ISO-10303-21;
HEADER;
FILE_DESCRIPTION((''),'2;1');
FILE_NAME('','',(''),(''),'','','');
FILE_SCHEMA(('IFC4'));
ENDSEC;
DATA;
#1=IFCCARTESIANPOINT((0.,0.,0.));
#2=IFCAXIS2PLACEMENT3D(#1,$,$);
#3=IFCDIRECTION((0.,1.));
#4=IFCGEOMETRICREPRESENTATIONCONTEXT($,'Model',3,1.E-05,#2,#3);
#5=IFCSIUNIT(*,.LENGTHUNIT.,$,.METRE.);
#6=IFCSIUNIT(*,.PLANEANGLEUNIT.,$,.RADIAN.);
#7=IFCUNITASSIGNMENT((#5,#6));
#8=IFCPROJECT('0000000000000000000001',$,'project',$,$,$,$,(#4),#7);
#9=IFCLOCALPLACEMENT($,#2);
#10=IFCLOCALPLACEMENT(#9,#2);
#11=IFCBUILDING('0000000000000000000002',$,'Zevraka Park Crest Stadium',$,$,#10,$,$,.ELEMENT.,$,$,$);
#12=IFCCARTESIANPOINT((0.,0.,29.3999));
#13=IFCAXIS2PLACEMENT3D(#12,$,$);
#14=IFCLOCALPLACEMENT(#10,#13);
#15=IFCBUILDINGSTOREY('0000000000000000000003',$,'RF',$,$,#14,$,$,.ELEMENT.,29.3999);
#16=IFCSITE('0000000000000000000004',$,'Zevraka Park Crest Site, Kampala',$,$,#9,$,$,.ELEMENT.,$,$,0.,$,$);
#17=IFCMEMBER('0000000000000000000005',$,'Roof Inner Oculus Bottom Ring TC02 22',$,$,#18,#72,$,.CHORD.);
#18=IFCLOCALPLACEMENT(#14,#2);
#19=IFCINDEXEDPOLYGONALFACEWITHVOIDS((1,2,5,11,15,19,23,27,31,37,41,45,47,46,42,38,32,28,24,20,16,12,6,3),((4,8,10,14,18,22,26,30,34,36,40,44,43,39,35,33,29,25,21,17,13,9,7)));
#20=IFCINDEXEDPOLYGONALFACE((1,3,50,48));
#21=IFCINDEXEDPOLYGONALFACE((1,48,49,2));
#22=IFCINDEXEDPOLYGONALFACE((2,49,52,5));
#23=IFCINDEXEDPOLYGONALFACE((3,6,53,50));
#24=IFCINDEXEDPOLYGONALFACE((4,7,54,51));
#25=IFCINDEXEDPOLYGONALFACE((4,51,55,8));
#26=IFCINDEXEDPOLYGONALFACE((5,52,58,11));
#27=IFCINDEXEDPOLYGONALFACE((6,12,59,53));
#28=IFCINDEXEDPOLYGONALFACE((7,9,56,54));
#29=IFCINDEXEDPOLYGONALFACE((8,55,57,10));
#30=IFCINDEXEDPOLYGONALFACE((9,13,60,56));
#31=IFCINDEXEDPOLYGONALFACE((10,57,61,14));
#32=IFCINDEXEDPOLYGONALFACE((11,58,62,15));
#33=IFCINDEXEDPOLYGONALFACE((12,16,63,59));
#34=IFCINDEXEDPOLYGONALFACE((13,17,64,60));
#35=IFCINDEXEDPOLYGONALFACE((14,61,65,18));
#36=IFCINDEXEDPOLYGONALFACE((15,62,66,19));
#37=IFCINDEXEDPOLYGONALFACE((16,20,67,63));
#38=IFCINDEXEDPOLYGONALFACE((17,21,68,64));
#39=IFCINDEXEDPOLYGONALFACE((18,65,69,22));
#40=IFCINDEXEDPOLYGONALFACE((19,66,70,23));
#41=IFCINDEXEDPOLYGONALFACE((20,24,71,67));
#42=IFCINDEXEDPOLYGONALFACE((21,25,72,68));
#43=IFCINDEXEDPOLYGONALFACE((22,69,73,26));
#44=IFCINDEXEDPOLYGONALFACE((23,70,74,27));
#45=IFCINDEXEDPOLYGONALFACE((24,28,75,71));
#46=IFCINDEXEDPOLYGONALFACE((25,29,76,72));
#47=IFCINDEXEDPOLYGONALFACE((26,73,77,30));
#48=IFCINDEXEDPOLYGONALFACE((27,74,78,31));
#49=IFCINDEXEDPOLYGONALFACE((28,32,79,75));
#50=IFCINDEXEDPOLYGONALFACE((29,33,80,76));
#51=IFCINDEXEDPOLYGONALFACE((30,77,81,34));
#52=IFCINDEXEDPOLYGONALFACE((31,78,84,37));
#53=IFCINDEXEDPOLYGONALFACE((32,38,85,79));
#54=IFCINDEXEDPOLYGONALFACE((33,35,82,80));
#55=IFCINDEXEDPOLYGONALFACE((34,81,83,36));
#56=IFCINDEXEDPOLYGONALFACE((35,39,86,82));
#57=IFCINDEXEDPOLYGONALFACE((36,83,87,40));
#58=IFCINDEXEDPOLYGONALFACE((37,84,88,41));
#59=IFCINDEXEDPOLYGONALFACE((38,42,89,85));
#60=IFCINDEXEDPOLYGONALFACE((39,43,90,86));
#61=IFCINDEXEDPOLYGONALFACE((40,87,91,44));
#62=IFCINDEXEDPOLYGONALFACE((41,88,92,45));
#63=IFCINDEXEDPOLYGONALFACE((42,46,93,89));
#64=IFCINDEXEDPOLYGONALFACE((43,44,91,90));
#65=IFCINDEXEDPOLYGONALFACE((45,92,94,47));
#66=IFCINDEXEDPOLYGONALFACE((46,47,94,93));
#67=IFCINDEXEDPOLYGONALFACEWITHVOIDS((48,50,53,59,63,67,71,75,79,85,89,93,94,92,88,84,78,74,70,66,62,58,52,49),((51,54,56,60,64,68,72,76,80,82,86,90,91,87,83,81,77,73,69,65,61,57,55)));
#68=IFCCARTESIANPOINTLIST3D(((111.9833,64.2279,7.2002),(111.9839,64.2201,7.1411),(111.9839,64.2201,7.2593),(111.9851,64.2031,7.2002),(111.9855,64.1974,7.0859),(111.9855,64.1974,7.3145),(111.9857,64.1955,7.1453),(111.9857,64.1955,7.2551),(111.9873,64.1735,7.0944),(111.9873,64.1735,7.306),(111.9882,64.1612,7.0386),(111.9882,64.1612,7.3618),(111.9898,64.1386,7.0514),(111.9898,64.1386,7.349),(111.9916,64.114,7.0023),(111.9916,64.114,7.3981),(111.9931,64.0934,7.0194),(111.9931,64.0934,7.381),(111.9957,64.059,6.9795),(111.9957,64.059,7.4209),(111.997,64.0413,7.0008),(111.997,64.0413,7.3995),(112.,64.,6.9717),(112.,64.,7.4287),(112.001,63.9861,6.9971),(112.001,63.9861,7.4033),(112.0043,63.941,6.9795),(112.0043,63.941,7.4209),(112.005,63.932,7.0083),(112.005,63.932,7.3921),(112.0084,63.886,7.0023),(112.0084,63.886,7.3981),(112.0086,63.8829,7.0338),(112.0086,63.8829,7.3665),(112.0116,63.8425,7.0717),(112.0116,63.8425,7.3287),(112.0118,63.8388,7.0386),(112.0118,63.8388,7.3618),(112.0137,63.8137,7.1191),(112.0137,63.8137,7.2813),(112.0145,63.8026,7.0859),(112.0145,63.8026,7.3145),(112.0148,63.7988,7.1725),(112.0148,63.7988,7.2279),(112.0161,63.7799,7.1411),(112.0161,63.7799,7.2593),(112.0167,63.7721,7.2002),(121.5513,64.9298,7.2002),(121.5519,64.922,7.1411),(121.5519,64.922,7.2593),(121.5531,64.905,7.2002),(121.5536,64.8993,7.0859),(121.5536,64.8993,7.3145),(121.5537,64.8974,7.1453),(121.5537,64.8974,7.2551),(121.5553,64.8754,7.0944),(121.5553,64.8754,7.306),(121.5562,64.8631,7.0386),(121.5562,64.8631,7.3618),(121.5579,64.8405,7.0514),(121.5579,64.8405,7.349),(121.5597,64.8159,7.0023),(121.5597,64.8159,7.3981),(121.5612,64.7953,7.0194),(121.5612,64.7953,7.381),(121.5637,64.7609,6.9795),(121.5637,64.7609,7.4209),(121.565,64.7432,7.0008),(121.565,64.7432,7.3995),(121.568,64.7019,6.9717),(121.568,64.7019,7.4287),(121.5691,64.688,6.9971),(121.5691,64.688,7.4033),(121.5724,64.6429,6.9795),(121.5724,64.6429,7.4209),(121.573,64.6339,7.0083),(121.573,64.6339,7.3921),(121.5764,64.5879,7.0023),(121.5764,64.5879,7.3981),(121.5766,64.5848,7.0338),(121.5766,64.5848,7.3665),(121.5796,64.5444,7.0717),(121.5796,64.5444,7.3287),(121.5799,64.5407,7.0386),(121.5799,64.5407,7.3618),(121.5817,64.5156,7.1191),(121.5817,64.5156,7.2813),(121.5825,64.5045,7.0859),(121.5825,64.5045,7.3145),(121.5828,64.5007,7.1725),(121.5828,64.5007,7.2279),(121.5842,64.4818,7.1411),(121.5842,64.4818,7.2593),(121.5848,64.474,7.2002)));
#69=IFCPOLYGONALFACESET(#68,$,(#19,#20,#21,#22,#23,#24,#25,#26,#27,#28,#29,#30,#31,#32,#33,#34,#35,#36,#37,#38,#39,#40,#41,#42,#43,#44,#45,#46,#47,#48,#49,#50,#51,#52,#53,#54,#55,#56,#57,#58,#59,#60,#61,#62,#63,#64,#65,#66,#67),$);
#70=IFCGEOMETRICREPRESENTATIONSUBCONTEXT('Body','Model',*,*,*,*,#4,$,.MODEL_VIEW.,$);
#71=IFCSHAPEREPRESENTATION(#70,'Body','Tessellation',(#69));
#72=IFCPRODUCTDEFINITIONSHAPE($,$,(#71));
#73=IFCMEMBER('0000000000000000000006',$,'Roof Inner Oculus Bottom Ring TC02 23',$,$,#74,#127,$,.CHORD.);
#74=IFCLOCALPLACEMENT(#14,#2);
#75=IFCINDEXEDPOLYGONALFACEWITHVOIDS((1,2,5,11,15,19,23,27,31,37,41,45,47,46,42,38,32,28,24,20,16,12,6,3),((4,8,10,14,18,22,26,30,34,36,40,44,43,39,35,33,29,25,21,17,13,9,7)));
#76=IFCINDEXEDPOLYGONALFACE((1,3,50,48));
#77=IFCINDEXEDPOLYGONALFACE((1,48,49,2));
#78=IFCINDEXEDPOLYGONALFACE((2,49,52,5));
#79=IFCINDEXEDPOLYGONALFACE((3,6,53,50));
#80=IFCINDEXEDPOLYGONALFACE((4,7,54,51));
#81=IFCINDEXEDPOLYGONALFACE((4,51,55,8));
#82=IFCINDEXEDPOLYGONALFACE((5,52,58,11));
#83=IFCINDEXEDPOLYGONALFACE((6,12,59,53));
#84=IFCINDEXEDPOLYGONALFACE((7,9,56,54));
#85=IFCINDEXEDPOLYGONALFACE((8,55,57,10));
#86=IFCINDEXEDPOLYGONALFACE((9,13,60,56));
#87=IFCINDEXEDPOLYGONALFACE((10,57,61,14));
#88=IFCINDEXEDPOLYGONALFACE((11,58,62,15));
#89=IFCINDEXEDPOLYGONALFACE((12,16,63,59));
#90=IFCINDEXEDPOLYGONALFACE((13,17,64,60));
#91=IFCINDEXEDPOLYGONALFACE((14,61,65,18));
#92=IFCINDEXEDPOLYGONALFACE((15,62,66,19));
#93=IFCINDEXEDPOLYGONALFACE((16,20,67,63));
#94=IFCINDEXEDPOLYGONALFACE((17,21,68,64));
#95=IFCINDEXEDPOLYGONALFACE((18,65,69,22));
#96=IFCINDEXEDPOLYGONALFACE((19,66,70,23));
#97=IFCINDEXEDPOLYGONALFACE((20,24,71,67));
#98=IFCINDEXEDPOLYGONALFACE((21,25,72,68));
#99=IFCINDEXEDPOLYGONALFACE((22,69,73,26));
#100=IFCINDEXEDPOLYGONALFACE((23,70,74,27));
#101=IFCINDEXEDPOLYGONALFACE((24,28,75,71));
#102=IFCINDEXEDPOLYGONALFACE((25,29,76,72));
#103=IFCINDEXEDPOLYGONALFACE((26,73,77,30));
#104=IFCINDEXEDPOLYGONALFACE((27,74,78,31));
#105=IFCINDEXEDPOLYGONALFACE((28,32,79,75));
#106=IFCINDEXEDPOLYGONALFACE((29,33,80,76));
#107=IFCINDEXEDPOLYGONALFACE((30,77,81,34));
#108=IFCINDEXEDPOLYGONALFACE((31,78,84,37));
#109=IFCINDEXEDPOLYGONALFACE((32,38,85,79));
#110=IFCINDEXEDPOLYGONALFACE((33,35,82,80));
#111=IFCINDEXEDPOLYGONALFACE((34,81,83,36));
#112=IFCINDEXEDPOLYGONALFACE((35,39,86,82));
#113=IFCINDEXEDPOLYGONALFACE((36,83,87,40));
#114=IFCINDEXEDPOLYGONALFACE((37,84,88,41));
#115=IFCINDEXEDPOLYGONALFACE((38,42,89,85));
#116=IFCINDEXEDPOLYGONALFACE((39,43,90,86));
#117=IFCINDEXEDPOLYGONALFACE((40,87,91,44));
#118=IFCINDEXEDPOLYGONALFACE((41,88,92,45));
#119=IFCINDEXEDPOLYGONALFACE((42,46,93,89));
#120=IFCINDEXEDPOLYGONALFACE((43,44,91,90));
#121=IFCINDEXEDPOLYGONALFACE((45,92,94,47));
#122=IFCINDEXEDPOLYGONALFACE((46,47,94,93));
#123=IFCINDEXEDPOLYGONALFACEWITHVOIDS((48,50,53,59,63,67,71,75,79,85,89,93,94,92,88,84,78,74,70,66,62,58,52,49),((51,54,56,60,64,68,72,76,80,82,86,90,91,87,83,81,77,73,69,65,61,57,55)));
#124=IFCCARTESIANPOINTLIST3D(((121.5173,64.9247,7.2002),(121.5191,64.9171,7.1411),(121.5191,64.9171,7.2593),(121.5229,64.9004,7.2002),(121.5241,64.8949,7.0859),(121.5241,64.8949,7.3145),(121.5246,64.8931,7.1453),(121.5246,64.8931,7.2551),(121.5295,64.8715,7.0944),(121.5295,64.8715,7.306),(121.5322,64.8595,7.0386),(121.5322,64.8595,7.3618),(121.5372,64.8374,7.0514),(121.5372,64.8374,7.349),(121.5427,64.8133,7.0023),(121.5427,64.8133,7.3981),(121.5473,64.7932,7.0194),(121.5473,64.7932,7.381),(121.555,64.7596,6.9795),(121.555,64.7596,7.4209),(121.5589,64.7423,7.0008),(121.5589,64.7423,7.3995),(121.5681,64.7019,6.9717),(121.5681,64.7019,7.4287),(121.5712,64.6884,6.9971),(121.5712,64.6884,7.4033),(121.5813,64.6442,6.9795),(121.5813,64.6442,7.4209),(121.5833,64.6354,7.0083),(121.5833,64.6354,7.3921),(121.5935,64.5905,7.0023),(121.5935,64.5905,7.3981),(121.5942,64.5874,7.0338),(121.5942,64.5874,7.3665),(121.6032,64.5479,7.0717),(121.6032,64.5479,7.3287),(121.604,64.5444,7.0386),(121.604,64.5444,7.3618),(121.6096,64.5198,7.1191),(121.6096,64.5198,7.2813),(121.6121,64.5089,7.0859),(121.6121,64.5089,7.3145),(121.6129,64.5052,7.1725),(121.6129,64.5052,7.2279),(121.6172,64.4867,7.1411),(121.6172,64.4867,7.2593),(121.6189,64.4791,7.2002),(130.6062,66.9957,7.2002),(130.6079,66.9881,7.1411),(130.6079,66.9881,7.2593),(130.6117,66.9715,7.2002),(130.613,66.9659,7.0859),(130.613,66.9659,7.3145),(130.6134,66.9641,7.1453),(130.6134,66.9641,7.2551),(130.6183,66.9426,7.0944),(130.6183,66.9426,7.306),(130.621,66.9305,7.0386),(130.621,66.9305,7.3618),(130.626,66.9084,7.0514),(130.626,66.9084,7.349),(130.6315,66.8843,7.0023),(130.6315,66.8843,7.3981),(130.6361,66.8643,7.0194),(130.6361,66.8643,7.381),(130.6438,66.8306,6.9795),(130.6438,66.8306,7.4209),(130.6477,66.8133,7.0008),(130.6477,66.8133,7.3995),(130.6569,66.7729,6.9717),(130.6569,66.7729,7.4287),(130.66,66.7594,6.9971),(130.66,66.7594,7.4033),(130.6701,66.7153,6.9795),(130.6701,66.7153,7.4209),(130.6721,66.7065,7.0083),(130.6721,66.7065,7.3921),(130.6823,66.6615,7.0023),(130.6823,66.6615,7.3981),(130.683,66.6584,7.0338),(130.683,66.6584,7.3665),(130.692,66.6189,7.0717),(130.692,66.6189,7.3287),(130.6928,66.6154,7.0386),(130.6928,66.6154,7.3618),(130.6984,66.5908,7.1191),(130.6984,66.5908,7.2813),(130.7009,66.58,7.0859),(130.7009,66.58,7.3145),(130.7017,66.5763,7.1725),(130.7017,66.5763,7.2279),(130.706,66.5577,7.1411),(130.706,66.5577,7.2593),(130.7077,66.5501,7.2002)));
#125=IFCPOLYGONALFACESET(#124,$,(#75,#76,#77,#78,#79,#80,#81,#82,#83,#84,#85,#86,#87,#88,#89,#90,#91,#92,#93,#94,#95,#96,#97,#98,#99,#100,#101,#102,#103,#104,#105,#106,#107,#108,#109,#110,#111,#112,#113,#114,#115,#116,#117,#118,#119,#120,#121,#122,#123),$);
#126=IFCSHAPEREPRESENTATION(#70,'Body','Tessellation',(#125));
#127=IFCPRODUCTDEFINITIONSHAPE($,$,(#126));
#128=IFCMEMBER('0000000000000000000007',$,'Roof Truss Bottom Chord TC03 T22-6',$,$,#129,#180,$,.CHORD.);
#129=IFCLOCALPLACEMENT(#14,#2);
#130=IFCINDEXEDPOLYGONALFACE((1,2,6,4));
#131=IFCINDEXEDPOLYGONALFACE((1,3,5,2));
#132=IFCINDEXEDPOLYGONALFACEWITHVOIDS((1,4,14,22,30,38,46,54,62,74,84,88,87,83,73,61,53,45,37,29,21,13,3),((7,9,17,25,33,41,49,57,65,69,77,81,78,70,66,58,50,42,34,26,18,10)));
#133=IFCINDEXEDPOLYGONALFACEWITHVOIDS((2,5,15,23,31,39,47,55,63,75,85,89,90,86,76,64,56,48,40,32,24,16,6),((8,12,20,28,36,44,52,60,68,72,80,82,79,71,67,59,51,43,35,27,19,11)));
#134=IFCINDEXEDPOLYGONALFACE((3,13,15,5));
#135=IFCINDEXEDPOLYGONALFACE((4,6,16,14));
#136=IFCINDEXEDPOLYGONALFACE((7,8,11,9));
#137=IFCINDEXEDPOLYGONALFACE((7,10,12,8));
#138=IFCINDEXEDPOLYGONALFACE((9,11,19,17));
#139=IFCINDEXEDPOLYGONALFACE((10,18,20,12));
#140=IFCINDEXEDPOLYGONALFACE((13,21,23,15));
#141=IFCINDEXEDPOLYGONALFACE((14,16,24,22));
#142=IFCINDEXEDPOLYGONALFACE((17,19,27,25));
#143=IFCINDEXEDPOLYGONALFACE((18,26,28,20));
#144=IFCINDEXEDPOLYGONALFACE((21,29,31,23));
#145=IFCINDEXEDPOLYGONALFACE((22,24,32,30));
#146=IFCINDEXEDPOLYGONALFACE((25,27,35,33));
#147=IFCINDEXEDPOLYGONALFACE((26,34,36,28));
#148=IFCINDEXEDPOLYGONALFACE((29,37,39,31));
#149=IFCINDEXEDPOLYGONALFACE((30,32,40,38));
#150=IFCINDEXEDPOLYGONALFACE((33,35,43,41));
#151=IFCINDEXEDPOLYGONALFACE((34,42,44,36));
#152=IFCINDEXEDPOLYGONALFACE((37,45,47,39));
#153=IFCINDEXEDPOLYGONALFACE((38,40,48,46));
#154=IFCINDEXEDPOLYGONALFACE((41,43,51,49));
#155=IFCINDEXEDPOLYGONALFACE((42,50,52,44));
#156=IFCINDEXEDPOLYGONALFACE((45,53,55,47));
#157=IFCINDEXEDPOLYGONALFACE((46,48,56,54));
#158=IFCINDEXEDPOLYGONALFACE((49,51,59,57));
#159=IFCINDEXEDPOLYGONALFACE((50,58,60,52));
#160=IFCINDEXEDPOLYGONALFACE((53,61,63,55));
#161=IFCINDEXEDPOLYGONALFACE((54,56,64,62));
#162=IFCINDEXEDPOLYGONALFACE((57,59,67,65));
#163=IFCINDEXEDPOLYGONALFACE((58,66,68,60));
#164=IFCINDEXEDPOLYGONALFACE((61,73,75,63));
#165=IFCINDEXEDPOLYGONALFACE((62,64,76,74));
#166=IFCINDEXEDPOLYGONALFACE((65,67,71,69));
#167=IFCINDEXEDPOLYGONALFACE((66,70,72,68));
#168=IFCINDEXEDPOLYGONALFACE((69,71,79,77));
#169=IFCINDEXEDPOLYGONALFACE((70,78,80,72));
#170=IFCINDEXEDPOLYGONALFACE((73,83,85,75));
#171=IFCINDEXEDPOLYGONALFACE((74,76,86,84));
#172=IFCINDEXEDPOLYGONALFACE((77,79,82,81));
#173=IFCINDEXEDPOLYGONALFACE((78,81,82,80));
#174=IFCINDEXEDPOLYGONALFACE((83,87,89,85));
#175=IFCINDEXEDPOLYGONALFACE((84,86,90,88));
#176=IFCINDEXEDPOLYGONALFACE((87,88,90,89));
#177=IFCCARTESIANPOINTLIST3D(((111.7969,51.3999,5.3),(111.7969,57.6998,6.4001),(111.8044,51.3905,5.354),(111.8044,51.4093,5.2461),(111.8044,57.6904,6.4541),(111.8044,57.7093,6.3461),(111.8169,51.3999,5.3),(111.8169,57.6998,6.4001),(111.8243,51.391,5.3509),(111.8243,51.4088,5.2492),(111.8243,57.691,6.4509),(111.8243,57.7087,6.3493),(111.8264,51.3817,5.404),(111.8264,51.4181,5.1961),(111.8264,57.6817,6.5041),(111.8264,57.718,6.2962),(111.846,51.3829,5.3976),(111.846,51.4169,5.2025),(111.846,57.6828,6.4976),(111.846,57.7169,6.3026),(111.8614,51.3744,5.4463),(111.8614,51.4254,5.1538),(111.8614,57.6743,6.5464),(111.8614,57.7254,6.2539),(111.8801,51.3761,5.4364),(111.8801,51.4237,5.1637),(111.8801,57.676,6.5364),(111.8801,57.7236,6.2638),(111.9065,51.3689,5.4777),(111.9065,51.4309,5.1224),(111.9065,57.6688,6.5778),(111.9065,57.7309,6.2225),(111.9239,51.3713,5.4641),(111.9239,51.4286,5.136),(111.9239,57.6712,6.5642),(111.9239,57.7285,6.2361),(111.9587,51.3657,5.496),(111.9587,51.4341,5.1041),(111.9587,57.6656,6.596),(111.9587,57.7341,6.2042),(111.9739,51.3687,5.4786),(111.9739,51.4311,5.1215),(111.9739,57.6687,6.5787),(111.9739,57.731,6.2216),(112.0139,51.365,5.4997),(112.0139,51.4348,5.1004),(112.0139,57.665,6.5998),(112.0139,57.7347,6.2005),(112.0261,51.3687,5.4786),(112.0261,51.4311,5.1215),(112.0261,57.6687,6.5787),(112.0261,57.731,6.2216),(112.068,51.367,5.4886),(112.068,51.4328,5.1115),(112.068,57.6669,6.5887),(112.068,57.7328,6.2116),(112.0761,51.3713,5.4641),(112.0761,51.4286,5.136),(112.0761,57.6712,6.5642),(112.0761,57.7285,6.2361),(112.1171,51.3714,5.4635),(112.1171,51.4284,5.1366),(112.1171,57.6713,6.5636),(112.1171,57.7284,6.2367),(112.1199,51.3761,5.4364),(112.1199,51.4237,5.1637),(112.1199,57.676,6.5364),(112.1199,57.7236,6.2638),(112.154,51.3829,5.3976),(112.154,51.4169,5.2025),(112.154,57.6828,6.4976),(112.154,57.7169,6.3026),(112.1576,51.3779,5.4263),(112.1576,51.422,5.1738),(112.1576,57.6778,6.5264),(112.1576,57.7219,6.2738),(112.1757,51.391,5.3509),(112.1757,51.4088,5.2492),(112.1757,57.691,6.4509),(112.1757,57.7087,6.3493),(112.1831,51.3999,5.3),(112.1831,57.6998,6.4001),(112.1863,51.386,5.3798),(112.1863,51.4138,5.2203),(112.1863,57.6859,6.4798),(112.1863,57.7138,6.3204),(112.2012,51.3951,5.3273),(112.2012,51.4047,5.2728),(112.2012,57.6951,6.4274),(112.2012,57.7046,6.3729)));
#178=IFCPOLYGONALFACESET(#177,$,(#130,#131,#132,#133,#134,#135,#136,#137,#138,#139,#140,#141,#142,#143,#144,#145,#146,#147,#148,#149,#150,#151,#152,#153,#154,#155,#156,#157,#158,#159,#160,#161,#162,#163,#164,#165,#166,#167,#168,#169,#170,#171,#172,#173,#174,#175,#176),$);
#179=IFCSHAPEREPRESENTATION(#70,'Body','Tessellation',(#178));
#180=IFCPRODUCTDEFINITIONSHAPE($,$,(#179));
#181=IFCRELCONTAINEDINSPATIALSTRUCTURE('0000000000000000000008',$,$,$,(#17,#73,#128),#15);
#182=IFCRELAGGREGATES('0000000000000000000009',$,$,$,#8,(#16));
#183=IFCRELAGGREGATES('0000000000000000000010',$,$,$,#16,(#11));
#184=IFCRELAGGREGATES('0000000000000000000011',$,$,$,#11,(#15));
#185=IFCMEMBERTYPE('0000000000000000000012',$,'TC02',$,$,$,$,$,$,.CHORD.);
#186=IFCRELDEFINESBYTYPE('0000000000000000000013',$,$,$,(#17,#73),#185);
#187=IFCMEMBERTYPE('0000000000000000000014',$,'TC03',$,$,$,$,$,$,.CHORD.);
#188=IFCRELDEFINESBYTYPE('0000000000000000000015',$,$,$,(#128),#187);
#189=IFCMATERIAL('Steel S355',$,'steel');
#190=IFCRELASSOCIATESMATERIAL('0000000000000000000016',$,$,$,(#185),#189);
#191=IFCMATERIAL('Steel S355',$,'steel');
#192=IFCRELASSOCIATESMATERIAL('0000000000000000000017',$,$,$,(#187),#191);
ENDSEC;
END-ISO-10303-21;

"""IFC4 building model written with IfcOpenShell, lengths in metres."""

from ifc_helpers import new_model, si_unit, direction, frame, origin, origin_2d, place, context, subcontext, project, spatial, hollow_circle, extrude, material, material_profile, profile_set, type_object, element, save


model = new_model("IFC4")

# Units and contexts
model_context = context("Model", 3, precision=1e-05, world=origin(), true_north=direction((0.0, 1.0)))
body_context = subcontext(model_context, "Body", "Model", "MODEL_VIEW")
ifc_project = project(units=[si_unit("LENGTHUNIT", "METRE"), si_unit("PLANEANGLEUNIT", "RADIAN")], contexts=[model_context])

# Site, building, storey
site_placement = place(None, origin())
site = spatial("IfcSite", under=ifc_project, at=site_placement, Name="Zevraka Park Crest Site, Kampala", CompositionType="ELEMENT", RefElevation=0.0)
building_placement = place(site_placement, origin())
building = spatial("IfcBuilding", under=site, at=building_placement, Name="Zevraka Park Crest Stadium", CompositionType="ELEMENT")
storey_placement = place(building_placement, frame((0.0, 0.0, 29.3999)))
storey = spatial("IfcBuildingStorey", under=building, at=storey_placement, Name="RF", CompositionType="ELEMENT", Elevation=29.3999)

# Members
ifc_material_1 = material(Name="Steel S355", Category="steel")
ifc_material_profile_1 = material_profile(ifc_material_1, hollow_circle(Radius=0.2285, WallThickness=0.0249, at=origin_2d()), Name="CHS 457.0x25")
ifc_profile_set_1 = profile_set([ifc_material_profile_1], Name="Steel S355")
member_type_1 = type_object("IfcMemberType", Name="TC02", PredefinedType="CHORD", material=ifc_profile_set_1)
member_1_placement = place(storey_placement, frame((112.0, 64.0, 7.2002), z_axis=(0.99732, 0.073162, 0.0), x_axis=(-0.073162, 0.99732, 0.0)))
element("IfcMember", 1, at=member_1_placement, inside=storey, type_object=member_type_1, Name="Roof Inner Oculus Bottom Ring TC02 22", PredefinedType="CHORD", context=body_context, shape_type="SweptSolid", body=[
    extrude(hollow_circle(Radius=0.2285, WallThickness=0.0249, at=origin_2d()), origin(), (0.0, 0.0, 1.0), 9.5938),
])
member_2_placement = place(storey_placement, frame((121.5681, 64.7019, 7.2002), z_axis=(0.975008, 0.222171, 0.0), x_axis=(-0.222171, 0.975008, 0.0)))
element("IfcMember", 2, at=member_2_placement, inside=storey, type_object=member_type_1, Name="Roof Inner Oculus Bottom Ring TC02 23", PredefinedType="CHORD", context=body_context, shape_type="SweptSolid", body=[
    extrude(hollow_circle(Radius=0.2285, WallThickness=0.0249, at=origin_2d()), origin(), (0.0, 0.0, 1.0), 9.3218),
])
ifc_material_2 = material(Name="Steel S355", Category="steel")
ifc_material_profile_2 = material_profile(ifc_material_2, hollow_circle(Radius=0.2031, WallThickness=0.02, at=origin_2d()), Name="CHS 406.4x20")
ifc_profile_set_2 = profile_set([ifc_material_profile_2], Name="Steel S355")
member_type_2 = type_object("IfcMemberType", Name="TC03", PredefinedType="CHORD", material=ifc_profile_set_2)
member_3_placement = place(storey_placement, frame((112.0, 51.3999, 5.3), z_axis=(0.0, 0.985094, 0.172015), x_axis=(-1.0, 0.0, 0.0)))
element("IfcMember", 3, at=member_3_placement, inside=storey, type_object=member_type_2, Name="Roof Truss Bottom Chord TC03 T22-6", PredefinedType="CHORD", context=body_context, shape_type="SweptSolid", body=[
    extrude(hollow_circle(Radius=0.2031, WallThickness=0.02, at=origin_2d()), origin(), (0.0, 0.0, 1.0), 6.3953),
])

save(model, "model.ifc")
